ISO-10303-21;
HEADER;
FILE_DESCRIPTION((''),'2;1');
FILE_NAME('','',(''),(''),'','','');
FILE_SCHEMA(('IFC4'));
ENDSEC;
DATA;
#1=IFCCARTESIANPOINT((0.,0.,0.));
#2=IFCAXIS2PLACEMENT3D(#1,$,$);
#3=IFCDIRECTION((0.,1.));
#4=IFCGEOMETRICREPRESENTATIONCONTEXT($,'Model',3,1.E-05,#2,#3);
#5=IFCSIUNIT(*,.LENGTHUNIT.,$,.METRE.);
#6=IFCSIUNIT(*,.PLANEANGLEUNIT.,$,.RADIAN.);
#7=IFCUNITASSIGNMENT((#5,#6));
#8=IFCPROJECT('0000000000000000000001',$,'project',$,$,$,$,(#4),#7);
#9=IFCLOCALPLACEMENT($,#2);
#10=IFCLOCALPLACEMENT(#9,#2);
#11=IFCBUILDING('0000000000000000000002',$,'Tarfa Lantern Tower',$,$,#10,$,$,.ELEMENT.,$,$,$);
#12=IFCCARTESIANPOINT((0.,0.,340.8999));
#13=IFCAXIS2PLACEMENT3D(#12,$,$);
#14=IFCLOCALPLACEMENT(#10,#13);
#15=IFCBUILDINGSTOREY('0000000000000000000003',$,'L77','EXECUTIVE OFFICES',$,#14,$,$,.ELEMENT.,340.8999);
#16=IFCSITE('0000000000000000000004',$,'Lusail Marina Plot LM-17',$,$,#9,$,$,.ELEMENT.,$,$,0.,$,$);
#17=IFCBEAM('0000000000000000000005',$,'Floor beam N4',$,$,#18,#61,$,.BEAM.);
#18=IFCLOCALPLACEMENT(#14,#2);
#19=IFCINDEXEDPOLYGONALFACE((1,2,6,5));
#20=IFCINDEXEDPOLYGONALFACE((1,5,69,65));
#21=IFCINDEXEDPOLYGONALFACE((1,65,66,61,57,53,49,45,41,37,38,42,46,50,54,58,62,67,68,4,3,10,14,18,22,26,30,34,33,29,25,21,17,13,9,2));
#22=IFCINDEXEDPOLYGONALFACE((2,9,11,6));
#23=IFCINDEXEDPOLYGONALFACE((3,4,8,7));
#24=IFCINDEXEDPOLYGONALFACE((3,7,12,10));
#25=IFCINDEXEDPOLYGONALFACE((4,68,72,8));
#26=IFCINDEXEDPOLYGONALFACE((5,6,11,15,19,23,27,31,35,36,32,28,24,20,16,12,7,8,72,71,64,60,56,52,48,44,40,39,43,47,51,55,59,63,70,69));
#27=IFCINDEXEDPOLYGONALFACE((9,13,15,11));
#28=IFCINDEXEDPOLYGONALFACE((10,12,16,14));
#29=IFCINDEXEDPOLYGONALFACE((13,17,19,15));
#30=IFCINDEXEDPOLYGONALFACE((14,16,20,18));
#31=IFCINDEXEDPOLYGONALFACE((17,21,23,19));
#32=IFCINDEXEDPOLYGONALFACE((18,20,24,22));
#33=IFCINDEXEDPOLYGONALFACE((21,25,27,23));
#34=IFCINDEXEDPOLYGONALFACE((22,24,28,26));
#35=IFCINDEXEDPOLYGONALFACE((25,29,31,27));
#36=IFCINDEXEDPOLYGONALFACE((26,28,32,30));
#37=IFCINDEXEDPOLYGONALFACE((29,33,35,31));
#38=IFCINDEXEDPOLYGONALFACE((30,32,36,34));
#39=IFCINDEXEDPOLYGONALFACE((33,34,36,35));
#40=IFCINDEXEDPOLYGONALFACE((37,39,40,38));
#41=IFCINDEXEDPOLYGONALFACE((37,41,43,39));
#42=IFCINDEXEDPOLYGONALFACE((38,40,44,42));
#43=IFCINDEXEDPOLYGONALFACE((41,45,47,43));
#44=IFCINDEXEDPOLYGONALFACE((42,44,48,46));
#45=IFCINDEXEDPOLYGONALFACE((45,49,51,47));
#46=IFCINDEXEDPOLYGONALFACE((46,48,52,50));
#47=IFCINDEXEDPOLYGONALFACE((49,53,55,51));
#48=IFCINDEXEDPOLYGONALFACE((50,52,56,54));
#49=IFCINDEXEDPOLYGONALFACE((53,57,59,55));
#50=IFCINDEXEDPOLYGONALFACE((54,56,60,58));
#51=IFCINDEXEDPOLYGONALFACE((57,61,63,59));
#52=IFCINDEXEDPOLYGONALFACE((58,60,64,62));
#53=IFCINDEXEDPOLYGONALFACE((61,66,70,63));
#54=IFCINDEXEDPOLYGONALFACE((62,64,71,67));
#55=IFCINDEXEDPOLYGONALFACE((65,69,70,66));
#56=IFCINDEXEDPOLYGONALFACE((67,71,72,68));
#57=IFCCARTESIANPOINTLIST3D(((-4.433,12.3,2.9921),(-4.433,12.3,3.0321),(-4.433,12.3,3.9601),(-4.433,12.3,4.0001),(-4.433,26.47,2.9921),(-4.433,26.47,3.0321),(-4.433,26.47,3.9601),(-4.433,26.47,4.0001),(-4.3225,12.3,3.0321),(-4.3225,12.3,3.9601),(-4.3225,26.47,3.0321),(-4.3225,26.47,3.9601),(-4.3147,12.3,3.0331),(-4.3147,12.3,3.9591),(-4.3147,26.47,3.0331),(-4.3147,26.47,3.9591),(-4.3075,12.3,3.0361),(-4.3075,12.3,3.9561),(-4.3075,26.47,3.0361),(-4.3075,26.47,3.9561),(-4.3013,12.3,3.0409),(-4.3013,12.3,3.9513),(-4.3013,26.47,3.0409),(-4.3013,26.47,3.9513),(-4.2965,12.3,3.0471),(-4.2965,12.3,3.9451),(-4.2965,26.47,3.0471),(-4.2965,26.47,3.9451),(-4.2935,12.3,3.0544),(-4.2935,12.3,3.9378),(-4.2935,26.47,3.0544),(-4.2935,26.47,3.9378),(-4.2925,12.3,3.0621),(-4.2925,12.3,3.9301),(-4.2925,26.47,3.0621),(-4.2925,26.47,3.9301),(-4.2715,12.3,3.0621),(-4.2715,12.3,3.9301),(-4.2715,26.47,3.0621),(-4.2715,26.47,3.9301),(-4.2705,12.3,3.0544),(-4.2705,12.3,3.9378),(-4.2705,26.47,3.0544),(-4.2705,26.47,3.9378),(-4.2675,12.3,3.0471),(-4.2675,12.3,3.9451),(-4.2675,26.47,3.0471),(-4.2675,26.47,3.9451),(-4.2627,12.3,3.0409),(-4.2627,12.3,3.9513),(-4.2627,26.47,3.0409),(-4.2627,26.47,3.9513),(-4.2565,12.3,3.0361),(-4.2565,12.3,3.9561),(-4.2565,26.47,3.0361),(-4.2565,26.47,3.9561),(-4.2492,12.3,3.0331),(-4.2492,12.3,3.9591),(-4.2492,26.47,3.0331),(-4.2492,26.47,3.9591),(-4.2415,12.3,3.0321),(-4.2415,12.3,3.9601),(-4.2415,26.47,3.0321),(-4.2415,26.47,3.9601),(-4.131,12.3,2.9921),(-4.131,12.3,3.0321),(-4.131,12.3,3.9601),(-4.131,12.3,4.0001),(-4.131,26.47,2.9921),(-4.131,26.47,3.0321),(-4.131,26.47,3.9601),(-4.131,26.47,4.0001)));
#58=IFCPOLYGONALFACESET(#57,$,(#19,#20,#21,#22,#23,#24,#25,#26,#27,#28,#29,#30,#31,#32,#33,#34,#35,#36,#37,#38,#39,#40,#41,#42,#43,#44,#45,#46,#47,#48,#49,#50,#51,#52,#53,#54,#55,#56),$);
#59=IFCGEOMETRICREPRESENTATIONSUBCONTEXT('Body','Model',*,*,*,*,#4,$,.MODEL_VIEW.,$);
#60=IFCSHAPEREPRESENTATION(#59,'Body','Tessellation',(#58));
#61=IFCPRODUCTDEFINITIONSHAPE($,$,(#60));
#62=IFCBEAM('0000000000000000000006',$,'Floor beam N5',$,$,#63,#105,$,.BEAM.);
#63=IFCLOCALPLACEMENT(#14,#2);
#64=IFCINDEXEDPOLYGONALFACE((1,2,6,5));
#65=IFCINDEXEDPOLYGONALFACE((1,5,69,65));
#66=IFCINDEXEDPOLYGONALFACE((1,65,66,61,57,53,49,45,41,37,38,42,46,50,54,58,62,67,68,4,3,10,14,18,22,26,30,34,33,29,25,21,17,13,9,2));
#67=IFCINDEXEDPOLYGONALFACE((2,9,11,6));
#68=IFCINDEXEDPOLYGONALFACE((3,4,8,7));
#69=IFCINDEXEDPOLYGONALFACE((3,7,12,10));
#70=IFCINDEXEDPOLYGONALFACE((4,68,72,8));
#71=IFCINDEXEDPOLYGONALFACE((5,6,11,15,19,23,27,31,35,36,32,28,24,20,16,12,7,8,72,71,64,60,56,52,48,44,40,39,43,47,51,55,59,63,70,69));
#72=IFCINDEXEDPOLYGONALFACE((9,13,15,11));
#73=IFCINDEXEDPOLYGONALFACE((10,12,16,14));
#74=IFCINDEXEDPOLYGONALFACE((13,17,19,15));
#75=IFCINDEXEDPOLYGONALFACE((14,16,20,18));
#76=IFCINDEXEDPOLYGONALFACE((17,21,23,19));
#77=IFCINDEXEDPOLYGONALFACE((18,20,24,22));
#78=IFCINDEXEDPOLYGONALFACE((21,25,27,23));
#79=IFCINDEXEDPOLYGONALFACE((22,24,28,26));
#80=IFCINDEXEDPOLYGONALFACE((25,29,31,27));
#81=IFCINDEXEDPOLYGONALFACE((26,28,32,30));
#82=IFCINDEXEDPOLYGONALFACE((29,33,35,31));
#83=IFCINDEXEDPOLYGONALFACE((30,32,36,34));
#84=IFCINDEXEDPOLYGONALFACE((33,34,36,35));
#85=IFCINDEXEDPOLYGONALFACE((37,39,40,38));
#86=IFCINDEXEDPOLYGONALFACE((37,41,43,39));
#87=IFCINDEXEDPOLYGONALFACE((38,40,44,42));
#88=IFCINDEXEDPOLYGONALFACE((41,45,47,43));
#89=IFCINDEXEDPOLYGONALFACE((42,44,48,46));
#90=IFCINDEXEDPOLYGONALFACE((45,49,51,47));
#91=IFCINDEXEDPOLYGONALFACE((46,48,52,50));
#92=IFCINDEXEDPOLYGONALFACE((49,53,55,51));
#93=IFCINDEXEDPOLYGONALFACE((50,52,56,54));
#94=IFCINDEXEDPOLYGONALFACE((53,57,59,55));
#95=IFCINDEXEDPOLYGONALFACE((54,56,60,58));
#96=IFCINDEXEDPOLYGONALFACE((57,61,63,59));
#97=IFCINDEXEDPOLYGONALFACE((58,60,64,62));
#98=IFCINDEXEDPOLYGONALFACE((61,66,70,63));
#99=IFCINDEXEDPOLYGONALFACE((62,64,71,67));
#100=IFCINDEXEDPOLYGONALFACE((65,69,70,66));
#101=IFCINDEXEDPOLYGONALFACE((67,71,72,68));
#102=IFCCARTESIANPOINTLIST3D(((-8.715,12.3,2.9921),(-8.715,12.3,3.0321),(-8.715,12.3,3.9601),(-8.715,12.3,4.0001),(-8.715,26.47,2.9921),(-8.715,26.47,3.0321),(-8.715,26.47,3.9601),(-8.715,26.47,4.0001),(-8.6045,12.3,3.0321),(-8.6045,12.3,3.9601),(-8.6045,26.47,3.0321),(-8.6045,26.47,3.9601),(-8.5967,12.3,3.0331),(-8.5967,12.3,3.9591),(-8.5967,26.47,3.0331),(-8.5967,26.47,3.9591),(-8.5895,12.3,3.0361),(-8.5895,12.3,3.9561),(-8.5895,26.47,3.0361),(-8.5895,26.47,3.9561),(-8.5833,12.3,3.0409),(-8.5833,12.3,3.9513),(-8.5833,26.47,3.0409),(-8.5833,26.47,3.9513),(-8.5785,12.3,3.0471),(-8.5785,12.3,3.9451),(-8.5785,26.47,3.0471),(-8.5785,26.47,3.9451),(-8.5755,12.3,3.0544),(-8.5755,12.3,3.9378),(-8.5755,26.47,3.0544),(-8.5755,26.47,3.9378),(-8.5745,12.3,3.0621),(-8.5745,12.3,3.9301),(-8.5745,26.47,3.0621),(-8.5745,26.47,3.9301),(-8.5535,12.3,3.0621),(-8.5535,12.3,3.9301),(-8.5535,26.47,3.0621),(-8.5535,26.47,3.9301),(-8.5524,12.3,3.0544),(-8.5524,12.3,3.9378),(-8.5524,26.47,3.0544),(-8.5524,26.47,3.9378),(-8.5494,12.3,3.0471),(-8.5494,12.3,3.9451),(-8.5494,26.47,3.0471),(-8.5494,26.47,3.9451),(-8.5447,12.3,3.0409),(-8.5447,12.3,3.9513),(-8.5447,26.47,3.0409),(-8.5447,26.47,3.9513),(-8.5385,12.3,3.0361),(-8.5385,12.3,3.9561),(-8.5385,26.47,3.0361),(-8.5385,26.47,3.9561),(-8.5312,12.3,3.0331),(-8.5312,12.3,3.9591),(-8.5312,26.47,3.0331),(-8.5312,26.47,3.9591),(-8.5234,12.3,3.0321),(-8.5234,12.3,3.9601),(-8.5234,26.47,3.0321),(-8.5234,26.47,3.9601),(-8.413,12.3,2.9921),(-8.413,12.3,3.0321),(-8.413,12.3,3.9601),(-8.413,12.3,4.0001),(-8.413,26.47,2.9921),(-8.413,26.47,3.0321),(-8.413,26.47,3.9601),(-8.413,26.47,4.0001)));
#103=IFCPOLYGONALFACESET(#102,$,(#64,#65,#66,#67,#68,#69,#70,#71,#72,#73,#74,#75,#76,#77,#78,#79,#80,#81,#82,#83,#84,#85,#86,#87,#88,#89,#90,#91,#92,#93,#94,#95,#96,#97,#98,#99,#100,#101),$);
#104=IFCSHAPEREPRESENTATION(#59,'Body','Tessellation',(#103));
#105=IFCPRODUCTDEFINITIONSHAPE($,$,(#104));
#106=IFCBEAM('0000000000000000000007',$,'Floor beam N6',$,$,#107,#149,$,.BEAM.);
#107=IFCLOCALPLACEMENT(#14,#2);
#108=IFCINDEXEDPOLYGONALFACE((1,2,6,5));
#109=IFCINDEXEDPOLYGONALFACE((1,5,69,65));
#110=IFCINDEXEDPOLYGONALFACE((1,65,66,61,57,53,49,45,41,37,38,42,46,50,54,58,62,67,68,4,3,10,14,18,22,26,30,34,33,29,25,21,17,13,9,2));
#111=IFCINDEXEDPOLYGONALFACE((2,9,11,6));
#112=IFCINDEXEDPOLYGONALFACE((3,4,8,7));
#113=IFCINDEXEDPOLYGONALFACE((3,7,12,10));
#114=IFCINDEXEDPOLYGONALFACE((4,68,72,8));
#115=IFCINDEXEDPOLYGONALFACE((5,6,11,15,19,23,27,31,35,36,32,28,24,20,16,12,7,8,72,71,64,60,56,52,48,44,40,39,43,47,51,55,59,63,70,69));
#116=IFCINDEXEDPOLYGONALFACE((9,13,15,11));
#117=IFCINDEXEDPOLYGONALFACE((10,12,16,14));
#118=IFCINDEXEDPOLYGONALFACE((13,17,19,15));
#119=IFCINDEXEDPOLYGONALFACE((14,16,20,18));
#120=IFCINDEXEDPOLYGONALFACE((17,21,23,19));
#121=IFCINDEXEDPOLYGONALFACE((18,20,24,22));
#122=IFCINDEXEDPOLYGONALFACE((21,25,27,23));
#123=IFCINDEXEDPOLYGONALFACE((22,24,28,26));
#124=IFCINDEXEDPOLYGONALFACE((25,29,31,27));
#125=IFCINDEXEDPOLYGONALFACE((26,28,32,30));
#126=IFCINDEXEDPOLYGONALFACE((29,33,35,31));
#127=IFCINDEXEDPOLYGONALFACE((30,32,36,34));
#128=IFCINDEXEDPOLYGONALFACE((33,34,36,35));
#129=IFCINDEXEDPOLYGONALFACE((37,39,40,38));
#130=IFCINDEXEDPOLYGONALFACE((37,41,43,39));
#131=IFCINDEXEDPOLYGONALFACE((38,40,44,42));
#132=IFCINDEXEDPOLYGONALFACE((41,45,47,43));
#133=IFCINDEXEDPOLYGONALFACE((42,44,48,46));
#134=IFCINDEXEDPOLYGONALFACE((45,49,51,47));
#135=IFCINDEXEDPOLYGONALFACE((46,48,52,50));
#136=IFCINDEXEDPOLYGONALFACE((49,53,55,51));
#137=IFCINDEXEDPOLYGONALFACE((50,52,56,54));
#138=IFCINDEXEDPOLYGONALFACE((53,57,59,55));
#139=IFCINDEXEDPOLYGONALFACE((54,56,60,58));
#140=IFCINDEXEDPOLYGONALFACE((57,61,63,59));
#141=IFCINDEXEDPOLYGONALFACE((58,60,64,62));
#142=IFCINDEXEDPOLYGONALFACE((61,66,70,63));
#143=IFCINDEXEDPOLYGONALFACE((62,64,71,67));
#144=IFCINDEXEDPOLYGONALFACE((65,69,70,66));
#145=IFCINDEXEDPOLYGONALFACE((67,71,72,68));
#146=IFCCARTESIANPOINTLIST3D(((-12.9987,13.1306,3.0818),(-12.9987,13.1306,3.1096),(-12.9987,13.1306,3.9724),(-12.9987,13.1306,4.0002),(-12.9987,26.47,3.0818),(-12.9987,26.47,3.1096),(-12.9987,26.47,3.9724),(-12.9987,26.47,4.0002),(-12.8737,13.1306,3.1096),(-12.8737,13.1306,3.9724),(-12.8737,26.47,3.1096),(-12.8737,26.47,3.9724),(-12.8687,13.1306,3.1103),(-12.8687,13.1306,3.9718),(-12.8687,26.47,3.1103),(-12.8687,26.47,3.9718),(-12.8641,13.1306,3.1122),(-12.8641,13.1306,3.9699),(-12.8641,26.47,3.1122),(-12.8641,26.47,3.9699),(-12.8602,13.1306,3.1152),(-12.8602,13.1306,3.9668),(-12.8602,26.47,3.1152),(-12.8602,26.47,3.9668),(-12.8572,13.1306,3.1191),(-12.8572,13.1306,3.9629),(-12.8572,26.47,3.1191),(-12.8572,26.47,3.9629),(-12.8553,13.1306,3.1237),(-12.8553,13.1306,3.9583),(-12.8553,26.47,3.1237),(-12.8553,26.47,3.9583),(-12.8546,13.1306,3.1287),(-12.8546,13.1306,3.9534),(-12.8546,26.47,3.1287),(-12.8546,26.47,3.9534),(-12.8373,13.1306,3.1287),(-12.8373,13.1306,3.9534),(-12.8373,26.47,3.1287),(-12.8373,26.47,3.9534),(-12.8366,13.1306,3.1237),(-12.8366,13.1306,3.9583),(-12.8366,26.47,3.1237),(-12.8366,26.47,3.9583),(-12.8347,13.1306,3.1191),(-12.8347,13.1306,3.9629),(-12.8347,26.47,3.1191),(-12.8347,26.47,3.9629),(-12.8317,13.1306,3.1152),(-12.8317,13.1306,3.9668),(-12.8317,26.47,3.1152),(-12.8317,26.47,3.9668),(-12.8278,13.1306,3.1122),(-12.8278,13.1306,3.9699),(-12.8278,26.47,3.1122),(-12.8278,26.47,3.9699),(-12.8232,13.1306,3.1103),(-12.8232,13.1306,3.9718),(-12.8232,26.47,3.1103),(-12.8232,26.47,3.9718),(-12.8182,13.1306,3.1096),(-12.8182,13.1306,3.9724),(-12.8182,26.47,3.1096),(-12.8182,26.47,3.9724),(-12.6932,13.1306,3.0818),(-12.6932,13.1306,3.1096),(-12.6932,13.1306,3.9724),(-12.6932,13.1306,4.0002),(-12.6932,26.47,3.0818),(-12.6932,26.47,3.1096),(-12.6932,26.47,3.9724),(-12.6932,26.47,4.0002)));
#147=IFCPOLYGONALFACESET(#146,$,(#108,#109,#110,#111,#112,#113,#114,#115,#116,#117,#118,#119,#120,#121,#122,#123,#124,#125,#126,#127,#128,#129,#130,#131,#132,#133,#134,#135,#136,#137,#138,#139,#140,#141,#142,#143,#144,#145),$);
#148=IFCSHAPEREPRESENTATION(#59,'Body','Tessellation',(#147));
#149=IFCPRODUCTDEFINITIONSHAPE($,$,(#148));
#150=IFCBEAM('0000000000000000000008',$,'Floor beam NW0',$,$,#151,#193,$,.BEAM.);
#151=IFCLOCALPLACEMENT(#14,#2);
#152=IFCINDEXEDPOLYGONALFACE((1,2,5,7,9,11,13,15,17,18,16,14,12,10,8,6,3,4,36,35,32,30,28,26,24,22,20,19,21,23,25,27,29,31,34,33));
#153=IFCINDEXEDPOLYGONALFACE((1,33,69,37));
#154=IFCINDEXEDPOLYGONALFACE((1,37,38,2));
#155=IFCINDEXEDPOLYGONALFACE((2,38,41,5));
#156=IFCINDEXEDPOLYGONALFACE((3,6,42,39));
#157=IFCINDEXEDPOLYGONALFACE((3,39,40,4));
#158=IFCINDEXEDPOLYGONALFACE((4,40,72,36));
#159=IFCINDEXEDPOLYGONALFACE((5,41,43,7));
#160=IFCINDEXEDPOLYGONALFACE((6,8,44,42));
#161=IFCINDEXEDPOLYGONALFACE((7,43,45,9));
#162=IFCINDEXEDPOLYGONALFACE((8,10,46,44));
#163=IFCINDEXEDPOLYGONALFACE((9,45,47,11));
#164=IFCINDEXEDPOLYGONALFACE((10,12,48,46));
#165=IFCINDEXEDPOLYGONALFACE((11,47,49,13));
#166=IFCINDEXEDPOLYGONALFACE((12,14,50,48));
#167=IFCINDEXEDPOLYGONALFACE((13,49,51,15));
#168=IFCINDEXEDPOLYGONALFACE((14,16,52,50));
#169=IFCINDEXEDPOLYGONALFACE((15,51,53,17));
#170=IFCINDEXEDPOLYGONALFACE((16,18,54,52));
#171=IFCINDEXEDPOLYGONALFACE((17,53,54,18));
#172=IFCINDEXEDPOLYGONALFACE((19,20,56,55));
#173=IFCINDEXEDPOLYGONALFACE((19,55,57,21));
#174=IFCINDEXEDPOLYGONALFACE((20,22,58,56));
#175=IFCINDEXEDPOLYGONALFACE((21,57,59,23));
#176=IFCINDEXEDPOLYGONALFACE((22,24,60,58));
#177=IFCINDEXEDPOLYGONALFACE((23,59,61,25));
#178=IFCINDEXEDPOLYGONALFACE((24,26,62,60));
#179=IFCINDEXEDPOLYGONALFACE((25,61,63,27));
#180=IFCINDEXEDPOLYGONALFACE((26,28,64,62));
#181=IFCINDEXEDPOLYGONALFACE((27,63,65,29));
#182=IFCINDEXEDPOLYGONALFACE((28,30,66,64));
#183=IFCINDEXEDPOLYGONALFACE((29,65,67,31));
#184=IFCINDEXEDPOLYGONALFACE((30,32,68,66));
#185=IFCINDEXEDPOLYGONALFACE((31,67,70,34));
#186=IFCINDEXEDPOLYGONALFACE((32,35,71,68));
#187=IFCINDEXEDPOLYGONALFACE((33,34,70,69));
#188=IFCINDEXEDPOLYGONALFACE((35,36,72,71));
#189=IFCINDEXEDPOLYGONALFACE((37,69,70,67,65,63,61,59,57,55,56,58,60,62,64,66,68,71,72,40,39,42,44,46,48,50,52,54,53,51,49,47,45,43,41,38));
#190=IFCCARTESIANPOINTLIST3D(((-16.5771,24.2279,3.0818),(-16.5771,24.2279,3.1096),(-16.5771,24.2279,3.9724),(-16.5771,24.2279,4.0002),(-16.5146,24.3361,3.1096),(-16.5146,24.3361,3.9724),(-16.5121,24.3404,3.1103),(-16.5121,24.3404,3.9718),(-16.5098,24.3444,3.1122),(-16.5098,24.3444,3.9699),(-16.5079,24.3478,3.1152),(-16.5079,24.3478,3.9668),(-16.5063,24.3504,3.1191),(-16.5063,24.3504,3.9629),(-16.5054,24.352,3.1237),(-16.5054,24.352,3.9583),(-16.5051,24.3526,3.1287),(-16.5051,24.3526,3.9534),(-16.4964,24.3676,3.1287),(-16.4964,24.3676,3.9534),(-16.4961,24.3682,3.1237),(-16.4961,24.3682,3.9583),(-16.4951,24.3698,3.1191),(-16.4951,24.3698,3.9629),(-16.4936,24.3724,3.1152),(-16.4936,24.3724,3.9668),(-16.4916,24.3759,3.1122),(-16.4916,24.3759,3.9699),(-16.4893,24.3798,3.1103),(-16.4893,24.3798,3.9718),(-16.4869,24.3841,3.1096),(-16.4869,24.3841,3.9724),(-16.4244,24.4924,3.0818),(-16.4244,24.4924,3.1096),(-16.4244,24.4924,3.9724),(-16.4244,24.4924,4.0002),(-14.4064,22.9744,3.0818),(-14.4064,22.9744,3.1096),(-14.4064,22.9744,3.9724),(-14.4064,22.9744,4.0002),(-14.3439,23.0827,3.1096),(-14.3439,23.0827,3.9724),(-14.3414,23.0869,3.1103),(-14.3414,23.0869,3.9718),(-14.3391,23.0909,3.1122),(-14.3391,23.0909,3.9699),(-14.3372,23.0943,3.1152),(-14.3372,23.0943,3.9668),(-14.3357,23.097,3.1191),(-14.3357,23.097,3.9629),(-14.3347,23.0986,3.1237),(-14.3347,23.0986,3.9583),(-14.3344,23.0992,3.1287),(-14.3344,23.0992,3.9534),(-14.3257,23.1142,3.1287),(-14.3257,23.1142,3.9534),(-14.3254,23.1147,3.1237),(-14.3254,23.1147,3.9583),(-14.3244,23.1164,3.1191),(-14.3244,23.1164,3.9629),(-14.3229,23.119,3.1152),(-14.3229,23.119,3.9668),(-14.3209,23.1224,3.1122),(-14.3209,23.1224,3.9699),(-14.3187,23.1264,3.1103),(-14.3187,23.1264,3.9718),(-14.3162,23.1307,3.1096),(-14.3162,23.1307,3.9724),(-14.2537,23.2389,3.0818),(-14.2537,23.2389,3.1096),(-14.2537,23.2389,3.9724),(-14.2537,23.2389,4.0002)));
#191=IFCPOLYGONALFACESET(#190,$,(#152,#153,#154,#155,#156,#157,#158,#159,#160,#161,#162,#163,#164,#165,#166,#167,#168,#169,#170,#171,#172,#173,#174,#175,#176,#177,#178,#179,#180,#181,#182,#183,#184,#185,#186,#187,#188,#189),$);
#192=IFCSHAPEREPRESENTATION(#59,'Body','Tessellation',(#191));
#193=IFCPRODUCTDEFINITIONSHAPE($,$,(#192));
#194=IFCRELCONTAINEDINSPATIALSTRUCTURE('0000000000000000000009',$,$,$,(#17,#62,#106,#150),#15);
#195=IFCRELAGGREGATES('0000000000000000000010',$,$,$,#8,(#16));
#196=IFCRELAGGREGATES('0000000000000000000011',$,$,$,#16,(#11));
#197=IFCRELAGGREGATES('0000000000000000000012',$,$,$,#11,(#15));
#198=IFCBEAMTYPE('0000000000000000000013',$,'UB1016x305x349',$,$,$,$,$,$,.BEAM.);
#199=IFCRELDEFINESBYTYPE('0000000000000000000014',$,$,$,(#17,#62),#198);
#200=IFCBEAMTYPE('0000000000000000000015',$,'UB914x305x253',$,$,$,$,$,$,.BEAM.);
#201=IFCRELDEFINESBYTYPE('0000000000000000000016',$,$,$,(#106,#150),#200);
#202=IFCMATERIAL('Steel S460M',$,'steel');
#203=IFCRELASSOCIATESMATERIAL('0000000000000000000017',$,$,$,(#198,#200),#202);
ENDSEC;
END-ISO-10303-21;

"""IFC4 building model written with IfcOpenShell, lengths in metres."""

from ifc_helpers import new_model, si_unit, direction, frame, origin, origin_2d, place, context, subcontext, project, spatial, i_section, extrude, material, material_profile, profile_set, type_object, element, save


model = new_model("IFC4")

# Units and contexts
model_context = context("Model", 3, precision=1e-05, world=origin(), true_north=direction((0.0, 1.0)))
body_context = subcontext(model_context, "Body", "Model", "MODEL_VIEW")
ifc_project = project(units=[si_unit("LENGTHUNIT", "METRE"), si_unit("PLANEANGLEUNIT", "RADIAN")], contexts=[model_context])

# Site, building, storey
site_placement = place(None, origin())
site = spatial("IfcSite", under=ifc_project, at=site_placement, Name="Lusail Marina Plot LM-17", CompositionType="ELEMENT", RefElevation=0.0)
building_placement = place(site_placement, origin())
building = spatial("IfcBuilding", under=site, at=building_placement, Name="Tarfa Lantern Tower", CompositionType="ELEMENT")
storey_placement = place(building_placement, frame((0.0, 0.0, 340.8999)))
storey = spatial("IfcBuildingStorey", under=building, at=storey_placement, Name="L77", Description="EXECUTIVE OFFICES", CompositionType="ELEMENT", Elevation=340.8999)

# Beams
ifc_material_1 = material(Name="Steel S460M", Category="steel")
ifc_material_profile_1 = material_profile(ifc_material_1, i_section(OverallWidth=0.302, OverallDepth=1.0081, WebThickness=0.021, FlangeThickness=0.04, FilletRadius=0.03, at=origin_2d()), Name="UB1016x305x349")
ifc_profile_set_1 = profile_set([ifc_material_profile_1], Name="Steel S460M")
beam_type_1 = type_object("IfcBeamType", Name="UB1016x305x349", PredefinedType="BEAM", material=ifc_profile_set_1)
for number, where, z_axis, x_axis, name in (
    (1, (-4.282, 26.47, 3.4961), (0.0, -1.0, 0.0), (1.0, 0.0, 0.0), "Floor beam N4"),
    (2, (-8.564, 26.47, 3.4961), (0.0, -1.0, 0.0), (1.0, 0.0, 0.0), "Floor beam N5"),
):
    element("IfcBeam", number, at=place(storey_placement, frame(where, z_axis=z_axis, x_axis=x_axis)), inside=storey, type_object=beam_type_1, Name=name, PredefinedType="BEAM", context=body_context, shape_type="SweptSolid", body=[
        extrude(i_section(OverallWidth=0.302, OverallDepth=1.0081, WebThickness=0.021, FlangeThickness=0.04, FilletRadius=0.03, at=origin_2d()), origin(), (0.0, 0.0, 1.0), 14.1699),
    ])
ifc_material_profile_2 = material_profile(ifc_material_1, i_section(OverallWidth=0.3054, OverallDepth=0.9185, WebThickness=0.0173, FlangeThickness=0.0278, FilletRadius=0.019, at=origin_2d()), Name="UB914x305x253")
ifc_profile_set_2 = profile_set([ifc_material_profile_2], Name="Steel S460M")
beam_type_2 = type_object("IfcBeamType", Name="UB914x305x253", PredefinedType="BEAM", material=ifc_profile_set_2)
beam_1_placement = place(storey_placement, frame((-12.8459, 26.47, 3.541), z_axis=(0.0, -1.0, 0.0), x_axis=(1.0, 0.0, 0.0)))
element("IfcBeam", 3, at=beam_1_placement, inside=storey, type_object=beam_type_2, Name="Floor beam N6", PredefinedType="BEAM", context=body_context, shape_type="SweptSolid", body=[
    extrude(i_section(OverallWidth=0.3054, OverallDepth=0.9185, WebThickness=0.0173, FlangeThickness=0.0278, FilletRadius=0.019, at=origin_2d()), origin(), (0.0, 0.0, 1.0), 13.3394),
])
beam_2_placement = place(storey_placement, frame((-16.5007, 24.3601, 3.541), z_axis=(0.865993, -0.500057, 0.0), x_axis=(0.500057, 0.865993, 0.0)))
element("IfcBeam", 4, at=beam_2_placement, inside=storey, type_object=beam_type_2, Name="Floor beam NW0", PredefinedType="BEAM", context=body_context, shape_type="SweptSolid", body=[
    extrude(i_section(OverallWidth=0.3054, OverallDepth=0.9185, WebThickness=0.0173, FlangeThickness=0.0278, FilletRadius=0.019, at=origin_2d()), origin(), (0.0, 0.0, 1.0), 2.5066),
])

save(model, "model.ifc")
